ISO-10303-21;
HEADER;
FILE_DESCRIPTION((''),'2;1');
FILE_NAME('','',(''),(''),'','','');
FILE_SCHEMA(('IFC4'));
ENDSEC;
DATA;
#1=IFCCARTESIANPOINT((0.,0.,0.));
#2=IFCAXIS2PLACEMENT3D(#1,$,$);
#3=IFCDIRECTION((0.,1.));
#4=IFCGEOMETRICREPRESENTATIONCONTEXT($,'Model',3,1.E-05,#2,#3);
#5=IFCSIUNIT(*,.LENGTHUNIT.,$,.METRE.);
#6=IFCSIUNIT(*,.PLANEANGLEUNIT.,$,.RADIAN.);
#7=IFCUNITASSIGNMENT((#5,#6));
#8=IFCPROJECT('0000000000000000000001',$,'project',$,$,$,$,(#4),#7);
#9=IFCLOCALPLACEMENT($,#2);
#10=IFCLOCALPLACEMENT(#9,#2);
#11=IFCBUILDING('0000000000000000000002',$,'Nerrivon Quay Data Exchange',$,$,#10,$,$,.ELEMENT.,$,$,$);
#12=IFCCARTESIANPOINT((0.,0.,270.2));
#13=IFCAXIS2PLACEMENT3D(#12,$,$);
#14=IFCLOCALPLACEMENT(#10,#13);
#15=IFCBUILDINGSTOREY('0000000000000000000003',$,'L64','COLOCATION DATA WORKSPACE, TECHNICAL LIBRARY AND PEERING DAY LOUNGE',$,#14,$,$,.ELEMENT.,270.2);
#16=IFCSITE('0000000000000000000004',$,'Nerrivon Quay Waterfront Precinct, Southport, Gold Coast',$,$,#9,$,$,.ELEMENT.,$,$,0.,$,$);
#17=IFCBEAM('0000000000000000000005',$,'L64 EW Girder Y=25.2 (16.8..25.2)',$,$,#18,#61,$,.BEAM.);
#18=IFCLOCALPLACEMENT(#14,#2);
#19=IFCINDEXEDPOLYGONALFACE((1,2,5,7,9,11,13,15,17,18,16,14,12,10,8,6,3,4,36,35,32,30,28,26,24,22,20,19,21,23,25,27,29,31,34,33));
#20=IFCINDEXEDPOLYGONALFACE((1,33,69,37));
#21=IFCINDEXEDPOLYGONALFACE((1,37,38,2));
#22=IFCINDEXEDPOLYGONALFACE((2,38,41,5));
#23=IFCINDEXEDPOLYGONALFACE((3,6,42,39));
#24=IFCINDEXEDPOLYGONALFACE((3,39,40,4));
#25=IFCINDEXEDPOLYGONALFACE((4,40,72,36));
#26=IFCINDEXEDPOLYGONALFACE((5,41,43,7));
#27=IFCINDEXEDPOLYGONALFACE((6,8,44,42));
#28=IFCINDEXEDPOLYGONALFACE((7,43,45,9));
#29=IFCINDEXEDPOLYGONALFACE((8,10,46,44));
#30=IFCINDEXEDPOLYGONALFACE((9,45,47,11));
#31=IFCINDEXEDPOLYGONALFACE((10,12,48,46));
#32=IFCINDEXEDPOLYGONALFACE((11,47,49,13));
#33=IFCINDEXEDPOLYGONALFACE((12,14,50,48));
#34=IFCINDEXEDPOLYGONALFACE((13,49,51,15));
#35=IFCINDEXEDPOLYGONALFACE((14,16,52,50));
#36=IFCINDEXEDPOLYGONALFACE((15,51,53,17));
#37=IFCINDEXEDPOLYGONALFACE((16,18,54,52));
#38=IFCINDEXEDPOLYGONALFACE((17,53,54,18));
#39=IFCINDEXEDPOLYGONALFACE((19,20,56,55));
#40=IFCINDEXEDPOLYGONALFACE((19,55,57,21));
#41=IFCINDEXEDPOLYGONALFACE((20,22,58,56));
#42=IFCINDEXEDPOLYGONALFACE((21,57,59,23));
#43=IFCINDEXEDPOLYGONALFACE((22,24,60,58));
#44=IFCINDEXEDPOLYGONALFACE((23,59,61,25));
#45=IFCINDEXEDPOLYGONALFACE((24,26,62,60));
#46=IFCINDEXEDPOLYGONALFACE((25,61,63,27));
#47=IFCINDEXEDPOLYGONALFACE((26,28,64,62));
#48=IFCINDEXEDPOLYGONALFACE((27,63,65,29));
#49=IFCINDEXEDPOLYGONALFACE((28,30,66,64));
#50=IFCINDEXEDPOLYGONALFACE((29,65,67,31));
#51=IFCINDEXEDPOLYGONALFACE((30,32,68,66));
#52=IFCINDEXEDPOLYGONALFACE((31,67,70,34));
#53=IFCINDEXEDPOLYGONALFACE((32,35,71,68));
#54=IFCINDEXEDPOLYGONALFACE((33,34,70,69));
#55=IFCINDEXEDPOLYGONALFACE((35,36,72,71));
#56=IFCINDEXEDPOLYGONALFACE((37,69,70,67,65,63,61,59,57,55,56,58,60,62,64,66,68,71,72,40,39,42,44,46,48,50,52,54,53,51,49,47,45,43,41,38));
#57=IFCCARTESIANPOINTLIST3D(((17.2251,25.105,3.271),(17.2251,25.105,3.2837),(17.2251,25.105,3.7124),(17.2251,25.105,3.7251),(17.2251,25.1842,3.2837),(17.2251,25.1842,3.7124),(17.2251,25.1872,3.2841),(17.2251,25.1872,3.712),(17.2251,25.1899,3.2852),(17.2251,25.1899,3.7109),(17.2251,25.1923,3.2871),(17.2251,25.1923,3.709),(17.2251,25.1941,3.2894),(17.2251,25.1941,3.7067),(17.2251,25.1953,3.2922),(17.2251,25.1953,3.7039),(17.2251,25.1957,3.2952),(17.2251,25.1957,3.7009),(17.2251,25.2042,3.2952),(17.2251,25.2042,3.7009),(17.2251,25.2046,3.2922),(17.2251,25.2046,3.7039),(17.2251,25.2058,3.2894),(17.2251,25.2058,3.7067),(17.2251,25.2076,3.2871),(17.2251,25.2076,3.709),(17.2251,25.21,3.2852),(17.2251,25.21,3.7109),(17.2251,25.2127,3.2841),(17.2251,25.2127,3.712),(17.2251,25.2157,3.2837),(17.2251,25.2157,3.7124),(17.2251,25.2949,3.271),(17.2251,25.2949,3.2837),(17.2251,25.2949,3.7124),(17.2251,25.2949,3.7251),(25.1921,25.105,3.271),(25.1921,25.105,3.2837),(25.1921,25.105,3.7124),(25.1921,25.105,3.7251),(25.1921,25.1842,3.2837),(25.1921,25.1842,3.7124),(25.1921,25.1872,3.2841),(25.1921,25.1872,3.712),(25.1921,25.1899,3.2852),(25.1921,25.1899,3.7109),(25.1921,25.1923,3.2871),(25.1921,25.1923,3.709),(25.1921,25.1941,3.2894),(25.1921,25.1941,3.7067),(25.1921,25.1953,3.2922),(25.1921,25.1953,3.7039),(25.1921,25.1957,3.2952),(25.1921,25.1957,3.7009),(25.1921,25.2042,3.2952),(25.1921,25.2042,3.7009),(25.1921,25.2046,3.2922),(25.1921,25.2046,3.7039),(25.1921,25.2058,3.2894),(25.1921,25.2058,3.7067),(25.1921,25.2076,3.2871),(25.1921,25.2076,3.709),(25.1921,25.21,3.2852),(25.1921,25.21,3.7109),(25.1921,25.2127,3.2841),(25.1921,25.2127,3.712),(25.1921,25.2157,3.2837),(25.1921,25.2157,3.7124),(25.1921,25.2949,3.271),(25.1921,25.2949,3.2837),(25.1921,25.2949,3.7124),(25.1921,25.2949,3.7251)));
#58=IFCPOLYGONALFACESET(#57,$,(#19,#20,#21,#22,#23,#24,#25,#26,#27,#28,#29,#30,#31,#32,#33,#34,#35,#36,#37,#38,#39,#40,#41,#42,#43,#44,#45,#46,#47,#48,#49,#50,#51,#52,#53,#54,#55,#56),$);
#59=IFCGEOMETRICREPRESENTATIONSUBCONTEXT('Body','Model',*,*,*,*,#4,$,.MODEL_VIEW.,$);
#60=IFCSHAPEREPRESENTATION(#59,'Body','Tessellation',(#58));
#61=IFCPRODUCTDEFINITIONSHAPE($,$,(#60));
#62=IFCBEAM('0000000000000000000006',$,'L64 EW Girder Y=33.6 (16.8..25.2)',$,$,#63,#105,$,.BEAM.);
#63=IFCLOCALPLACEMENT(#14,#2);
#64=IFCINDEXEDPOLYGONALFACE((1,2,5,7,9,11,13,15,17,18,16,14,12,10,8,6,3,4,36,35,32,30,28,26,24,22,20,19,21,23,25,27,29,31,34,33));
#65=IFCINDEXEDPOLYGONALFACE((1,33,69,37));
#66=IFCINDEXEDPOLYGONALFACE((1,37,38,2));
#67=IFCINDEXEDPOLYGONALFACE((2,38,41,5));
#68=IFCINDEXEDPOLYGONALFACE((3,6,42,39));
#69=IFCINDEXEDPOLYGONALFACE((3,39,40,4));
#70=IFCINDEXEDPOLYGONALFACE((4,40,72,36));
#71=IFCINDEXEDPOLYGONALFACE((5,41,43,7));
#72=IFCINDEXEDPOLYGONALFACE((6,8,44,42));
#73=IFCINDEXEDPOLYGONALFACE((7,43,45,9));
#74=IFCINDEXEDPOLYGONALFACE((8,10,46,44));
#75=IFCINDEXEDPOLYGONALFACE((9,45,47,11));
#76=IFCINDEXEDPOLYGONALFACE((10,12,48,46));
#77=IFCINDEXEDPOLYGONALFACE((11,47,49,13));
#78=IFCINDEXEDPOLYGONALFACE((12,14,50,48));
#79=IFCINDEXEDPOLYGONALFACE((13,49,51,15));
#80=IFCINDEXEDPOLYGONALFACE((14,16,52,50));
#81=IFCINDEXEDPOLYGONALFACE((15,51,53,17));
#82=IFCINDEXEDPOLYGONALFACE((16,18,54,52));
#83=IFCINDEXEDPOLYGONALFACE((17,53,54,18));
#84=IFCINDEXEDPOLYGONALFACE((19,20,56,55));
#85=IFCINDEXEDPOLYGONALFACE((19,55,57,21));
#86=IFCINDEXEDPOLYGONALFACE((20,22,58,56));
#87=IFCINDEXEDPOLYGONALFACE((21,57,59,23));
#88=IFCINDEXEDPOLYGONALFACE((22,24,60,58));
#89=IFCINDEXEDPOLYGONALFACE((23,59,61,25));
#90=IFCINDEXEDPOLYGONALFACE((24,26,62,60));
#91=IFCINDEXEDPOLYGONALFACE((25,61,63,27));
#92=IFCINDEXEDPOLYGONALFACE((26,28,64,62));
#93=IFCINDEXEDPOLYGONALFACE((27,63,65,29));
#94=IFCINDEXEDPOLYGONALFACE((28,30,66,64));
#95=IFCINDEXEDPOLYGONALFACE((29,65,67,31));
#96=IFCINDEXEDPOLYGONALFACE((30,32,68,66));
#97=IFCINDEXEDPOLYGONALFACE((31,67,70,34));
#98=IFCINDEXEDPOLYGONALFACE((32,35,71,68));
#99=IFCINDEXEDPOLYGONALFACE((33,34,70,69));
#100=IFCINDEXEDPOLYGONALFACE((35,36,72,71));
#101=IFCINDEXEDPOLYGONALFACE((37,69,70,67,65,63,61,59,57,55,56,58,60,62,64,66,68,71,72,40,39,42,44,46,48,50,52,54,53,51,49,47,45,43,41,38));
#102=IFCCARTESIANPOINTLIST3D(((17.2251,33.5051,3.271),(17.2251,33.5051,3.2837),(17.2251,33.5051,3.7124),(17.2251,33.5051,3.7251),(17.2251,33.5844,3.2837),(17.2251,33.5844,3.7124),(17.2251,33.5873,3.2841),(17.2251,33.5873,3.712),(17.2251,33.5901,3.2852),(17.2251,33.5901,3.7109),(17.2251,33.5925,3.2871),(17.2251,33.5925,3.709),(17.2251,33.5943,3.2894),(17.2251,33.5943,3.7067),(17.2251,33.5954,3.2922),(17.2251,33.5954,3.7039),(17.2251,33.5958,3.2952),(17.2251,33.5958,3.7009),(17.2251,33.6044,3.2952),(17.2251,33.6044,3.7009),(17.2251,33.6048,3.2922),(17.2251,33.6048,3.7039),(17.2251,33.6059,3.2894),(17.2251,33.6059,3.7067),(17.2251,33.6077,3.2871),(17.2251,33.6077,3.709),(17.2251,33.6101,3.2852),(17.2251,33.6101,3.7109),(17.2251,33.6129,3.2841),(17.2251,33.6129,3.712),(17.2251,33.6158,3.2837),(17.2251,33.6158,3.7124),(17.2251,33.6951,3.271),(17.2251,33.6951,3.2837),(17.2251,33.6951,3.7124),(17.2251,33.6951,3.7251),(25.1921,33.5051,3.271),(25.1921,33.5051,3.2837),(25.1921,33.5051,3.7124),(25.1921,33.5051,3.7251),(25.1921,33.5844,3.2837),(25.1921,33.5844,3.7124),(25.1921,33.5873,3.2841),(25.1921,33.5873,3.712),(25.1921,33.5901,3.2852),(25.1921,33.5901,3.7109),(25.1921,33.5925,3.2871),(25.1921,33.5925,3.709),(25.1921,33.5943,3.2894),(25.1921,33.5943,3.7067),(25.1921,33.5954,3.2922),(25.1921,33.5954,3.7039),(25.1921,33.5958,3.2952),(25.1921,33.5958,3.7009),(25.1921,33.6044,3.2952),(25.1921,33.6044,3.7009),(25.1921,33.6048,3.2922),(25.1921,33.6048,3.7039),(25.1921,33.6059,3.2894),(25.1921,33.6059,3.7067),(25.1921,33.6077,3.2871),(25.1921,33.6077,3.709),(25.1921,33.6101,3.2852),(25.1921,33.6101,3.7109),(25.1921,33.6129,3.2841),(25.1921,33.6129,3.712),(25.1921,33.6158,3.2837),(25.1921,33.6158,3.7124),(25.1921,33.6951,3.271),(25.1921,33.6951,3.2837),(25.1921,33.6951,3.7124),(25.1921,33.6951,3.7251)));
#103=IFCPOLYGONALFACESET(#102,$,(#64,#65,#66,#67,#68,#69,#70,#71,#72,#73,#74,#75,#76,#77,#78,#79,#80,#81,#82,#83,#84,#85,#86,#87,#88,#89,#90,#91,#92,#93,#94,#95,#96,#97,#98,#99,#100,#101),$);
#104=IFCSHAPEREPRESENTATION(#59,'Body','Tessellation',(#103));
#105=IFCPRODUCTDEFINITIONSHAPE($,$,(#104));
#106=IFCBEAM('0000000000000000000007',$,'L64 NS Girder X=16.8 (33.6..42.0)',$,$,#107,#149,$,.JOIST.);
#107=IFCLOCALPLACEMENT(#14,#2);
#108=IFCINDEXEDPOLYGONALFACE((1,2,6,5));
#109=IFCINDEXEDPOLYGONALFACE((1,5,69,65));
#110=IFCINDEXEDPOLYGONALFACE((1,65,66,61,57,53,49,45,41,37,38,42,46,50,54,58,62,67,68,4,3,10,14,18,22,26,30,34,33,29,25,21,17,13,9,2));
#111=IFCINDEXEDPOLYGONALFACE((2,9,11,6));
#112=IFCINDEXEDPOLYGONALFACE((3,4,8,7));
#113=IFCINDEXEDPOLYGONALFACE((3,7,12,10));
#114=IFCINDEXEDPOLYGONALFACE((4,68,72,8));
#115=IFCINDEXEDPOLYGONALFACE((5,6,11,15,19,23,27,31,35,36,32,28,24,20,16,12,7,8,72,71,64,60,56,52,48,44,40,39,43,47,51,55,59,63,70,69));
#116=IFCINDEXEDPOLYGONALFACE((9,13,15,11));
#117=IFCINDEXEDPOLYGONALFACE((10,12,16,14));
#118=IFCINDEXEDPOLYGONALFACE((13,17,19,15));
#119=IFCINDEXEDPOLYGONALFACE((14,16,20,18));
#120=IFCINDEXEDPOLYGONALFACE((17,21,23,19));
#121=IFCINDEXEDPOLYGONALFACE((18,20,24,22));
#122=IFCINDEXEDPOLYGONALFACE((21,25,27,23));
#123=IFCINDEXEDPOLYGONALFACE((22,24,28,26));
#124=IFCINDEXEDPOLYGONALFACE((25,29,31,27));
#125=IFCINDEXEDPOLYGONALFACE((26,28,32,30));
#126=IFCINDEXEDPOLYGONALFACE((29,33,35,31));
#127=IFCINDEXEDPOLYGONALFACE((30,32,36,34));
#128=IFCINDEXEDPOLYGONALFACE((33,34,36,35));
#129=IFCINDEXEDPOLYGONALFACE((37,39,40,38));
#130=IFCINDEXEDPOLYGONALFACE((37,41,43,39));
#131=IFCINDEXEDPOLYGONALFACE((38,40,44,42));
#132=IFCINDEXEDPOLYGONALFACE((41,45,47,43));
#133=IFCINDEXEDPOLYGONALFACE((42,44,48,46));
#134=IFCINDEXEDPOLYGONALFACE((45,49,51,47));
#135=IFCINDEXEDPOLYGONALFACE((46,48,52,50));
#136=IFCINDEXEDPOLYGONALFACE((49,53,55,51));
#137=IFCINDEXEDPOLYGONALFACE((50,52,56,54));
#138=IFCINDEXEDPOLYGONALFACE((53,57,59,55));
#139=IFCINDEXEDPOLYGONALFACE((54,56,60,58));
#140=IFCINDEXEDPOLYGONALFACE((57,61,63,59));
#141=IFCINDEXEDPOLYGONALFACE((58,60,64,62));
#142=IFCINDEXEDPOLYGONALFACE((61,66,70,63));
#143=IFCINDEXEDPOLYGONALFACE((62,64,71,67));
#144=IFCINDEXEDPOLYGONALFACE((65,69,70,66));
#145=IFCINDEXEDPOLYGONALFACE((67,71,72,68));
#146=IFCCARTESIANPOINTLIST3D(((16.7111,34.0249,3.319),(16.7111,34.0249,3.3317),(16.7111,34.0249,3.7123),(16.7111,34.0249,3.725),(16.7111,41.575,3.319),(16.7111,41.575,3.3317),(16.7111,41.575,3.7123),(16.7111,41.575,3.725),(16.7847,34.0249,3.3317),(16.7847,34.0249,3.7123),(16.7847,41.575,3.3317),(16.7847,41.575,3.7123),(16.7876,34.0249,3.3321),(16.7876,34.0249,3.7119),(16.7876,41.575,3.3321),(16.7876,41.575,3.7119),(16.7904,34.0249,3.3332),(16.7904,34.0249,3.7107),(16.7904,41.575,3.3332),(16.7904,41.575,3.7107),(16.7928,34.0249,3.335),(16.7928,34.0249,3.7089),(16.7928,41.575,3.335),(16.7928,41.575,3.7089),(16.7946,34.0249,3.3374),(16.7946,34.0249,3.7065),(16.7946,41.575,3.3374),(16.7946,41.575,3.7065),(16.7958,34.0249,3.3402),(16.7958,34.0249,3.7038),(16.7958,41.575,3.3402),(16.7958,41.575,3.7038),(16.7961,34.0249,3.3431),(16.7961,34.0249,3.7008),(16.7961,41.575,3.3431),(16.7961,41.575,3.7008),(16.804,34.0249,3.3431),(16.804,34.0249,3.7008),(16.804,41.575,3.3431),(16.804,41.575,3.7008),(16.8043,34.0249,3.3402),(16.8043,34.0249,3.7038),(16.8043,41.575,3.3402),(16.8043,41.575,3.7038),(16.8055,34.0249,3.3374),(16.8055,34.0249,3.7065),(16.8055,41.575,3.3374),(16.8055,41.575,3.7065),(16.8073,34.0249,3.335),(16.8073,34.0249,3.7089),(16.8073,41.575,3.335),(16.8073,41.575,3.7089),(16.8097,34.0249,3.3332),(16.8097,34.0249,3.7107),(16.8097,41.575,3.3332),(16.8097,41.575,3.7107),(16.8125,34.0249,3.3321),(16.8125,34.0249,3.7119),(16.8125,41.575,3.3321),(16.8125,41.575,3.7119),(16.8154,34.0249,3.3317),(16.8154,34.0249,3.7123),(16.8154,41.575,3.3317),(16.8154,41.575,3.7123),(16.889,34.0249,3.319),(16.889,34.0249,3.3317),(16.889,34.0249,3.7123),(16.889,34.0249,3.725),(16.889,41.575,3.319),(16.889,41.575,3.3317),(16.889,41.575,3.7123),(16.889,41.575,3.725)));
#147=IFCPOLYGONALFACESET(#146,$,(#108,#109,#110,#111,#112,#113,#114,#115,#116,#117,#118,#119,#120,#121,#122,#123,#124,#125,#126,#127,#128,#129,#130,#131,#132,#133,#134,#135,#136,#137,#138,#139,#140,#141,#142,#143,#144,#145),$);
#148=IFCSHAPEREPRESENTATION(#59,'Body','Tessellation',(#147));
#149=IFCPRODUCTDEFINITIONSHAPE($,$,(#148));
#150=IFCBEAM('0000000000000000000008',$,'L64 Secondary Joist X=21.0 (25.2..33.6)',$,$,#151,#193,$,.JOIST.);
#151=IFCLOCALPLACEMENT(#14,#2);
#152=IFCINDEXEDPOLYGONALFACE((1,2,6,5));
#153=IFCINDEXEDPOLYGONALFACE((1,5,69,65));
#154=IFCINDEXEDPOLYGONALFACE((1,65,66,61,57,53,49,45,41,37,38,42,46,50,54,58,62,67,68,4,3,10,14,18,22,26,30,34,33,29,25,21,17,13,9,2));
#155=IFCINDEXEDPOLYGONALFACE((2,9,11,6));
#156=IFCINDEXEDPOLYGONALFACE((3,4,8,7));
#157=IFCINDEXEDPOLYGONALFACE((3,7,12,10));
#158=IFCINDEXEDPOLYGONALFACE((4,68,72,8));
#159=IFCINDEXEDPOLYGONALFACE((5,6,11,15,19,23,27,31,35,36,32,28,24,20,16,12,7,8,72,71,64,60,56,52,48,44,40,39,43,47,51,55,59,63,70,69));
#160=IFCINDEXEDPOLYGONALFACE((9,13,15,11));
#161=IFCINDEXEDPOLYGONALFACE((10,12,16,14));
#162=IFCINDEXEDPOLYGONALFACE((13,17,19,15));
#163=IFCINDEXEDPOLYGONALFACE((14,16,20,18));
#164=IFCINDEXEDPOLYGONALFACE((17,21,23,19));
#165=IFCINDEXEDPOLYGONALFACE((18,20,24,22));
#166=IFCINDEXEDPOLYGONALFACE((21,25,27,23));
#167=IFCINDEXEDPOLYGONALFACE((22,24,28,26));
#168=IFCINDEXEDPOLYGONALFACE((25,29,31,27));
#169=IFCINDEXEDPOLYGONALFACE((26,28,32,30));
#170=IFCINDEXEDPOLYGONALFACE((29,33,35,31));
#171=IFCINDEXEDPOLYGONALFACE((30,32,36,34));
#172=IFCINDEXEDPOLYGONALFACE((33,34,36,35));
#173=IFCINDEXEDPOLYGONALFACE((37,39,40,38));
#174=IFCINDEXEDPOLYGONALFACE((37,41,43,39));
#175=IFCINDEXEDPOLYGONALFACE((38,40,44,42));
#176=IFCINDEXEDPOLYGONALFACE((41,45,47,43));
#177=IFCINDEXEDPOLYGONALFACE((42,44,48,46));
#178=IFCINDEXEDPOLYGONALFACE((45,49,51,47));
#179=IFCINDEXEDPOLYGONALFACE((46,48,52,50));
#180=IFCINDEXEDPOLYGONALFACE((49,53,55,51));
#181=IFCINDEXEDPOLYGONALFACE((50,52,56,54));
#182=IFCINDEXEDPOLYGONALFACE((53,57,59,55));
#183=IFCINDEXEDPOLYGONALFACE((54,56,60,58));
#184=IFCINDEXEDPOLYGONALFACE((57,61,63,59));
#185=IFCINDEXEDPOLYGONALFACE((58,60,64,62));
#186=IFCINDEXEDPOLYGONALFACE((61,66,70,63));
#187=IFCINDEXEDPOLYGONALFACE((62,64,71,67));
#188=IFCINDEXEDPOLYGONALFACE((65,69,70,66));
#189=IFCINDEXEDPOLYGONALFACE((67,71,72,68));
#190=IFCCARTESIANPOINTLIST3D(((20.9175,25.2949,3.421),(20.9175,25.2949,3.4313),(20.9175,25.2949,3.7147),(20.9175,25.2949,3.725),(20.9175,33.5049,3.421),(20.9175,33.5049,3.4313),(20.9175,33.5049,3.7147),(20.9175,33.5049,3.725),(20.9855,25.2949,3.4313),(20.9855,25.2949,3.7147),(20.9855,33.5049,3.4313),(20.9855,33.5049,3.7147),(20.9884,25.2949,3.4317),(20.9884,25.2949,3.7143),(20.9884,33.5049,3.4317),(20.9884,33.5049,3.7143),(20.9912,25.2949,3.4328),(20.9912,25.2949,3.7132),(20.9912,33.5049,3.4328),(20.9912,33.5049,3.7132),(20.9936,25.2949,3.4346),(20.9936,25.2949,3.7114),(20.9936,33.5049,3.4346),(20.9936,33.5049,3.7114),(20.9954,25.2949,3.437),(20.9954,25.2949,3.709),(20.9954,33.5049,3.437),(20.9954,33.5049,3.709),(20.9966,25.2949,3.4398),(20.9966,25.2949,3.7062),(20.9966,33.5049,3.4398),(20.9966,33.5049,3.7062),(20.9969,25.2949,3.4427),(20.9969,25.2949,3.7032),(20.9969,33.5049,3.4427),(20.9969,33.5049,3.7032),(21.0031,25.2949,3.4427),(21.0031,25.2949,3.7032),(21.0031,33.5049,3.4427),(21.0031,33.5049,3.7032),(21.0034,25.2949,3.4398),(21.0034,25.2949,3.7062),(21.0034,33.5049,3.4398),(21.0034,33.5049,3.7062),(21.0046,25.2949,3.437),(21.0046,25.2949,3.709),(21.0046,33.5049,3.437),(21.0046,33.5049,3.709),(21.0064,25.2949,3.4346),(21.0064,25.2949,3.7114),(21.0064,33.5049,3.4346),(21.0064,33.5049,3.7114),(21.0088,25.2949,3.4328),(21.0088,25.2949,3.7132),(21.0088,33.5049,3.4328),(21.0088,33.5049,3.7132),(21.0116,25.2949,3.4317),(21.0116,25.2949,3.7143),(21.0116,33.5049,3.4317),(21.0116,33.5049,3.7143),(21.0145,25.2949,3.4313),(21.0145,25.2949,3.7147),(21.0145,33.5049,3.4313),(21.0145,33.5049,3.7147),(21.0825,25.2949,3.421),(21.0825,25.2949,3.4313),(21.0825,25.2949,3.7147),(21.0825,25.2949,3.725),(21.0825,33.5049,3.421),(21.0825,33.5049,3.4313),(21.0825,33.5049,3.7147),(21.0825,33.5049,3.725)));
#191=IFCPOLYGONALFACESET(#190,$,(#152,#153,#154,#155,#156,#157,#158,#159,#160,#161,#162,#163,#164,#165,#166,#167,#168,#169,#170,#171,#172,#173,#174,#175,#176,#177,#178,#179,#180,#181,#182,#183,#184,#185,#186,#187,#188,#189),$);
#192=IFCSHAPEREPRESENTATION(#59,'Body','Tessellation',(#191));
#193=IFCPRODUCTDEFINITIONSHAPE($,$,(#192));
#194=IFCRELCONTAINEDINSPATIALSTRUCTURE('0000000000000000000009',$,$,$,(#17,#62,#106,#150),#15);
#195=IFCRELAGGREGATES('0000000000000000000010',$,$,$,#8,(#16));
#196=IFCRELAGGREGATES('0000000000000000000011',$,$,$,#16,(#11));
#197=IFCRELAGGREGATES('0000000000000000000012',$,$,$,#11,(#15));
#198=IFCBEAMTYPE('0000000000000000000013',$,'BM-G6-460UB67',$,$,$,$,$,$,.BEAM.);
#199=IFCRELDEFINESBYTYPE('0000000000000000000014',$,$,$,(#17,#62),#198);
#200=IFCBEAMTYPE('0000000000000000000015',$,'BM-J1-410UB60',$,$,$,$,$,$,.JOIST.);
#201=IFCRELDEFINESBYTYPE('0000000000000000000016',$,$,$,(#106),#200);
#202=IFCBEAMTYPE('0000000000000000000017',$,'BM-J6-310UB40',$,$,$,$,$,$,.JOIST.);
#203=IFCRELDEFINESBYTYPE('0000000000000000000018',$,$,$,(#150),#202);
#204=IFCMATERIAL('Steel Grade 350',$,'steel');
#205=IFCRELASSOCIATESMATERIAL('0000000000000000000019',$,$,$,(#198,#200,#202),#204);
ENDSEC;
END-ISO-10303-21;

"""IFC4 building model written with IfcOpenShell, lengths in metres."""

from ifc_helpers import new_model, si_unit, direction, frame, origin, origin_2d, place, context, subcontext, project, spatial, i_section, extrude, material, material_profile, profile_set, type_object, element, save


model = new_model("IFC4")

# Units and contexts
model_context = context("Model", 3, precision=1e-05, world=origin(), true_north=direction((0.0, 1.0)))
body_context = subcontext(model_context, "Body", "Model", "MODEL_VIEW")
ifc_project = project(units=[si_unit("LENGTHUNIT", "METRE"), si_unit("PLANEANGLEUNIT", "RADIAN")], contexts=[model_context])

# Site, building, storey
site_placement = place(None, origin())
site = spatial("IfcSite", under=ifc_project, at=site_placement, Name="Nerrivon Quay Waterfront Precinct, Southport, Gold Coast", CompositionType="ELEMENT", RefElevation=0.0)
building_placement = place(site_placement, origin())
building = spatial("IfcBuilding", under=site, at=building_placement, Name="Nerrivon Quay Data Exchange", CompositionType="ELEMENT")
storey_placement = place(building_placement, frame((0.0, 0.0, 270.2)))
storey = spatial("IfcBuildingStorey", under=building, at=storey_placement, Name="L64", Description="COLOCATION DATA WORKSPACE, TECHNICAL LIBRARY AND PEERING DAY LOUNGE", CompositionType="ELEMENT", Elevation=270.2)

# Beams
ifc_material_1 = material(Name="Steel Grade 350", Category="steel")
ifc_material_profile_1 = material_profile(ifc_material_1, i_section(OverallWidth=0.1899, OverallDepth=0.4541, WebThickness=0.0085, FlangeThickness=0.0127, FilletRadius=0.0115, at=origin_2d()), Name="460UB67.1")
ifc_profile_set_1 = profile_set([ifc_material_profile_1], Name="Steel Grade 350")
beam_type_1 = type_object("IfcBeamType", Name="BM-G6-460UB67", PredefinedType="BEAM", material=ifc_profile_set_1)
for number, where, z_axis, x_axis, name in (
    (1, (17.2251, 25.2, 3.498), (1.0, 0.0, 0.0), (0.0, 1.0, 0.0), "L64 EW Girder Y=25.2 (16.8..25.2)"),
    (2, (17.2251, 33.6001, 3.498), (1.0, 0.0, 0.0), (0.0, 1.0, 0.0), "L64 EW Girder Y=33.6 (16.8..25.2)"),
):
    element("IfcBeam", number, at=place(storey_placement, frame(where, z_axis=z_axis, x_axis=x_axis)), inside=storey, type_object=beam_type_1, Name=name, PredefinedType="BEAM", context=body_context, shape_type="SweptSolid", body=[
        extrude(i_section(OverallWidth=0.1899, OverallDepth=0.4541, WebThickness=0.0085, FlangeThickness=0.0127, FilletRadius=0.0115, at=origin_2d()), origin(), (0.0, 0.0, 1.0), 7.967),
    ])
ifc_material_profile_2 = material_profile(ifc_material_1, i_section(OverallWidth=0.178, OverallDepth=0.406, WebThickness=0.0078, FlangeThickness=0.0127, FilletRadius=0.0115, at=origin_2d()), Name="410UB59.7")
ifc_profile_set_2 = profile_set([ifc_material_profile_2], Name="Steel Grade 350")
beam_type_2 = type_object("IfcBeamType", Name="BM-J1-410UB60", PredefinedType="JOIST", material=ifc_profile_set_2)
beam_1_placement = place(storey_placement, frame((16.8, 34.0249, 3.522), z_axis=(0.0, 1.0, 0.0), x_axis=(-1.0, 0.0, 0.0)))
element("IfcBeam", 3, at=beam_1_placement, inside=storey, type_object=beam_type_2, Name="L64 NS Girder X=16.8 (33.6..42.0)", PredefinedType="JOIST", context=body_context, shape_type="SweptSolid", body=[
    extrude(i_section(OverallWidth=0.178, OverallDepth=0.406, WebThickness=0.0078, FlangeThickness=0.0127, FilletRadius=0.0115, at=origin_2d()), origin(), (0.0, 0.0, 1.0), 7.55),
])
ifc_material_profile_3 = material_profile(ifc_material_1, i_section(OverallWidth=0.165, OverallDepth=0.304, WebThickness=0.0061, FlangeThickness=0.0103, FilletRadius=0.0115, at=origin_2d()), Name="310UB40.4")
ifc_profile_set_3 = profile_set([ifc_material_profile_3], Name="Steel Grade 350")
beam_type_3 = type_object("IfcBeamType", Name="BM-J6-310UB40", PredefinedType="JOIST", material=ifc_profile_set_3)
beam_2_placement = place(storey_placement, frame((21.0, 25.2949, 3.573), z_axis=(0.0, 1.0, 0.0), x_axis=(-1.0, 0.0, 0.0)))
element("IfcBeam", 4, at=beam_2_placement, inside=storey, type_object=beam_type_3, Name="L64 Secondary Joist X=21.0 (25.2..33.6)", PredefinedType="JOIST", context=body_context, shape_type="SweptSolid", body=[
    extrude(i_section(OverallWidth=0.165, OverallDepth=0.304, WebThickness=0.0061, FlangeThickness=0.0103, FilletRadius=0.0115, at=origin_2d()), origin(), (0.0, 0.0, 1.0), 8.21),
])

save(model, "model.ifc")
